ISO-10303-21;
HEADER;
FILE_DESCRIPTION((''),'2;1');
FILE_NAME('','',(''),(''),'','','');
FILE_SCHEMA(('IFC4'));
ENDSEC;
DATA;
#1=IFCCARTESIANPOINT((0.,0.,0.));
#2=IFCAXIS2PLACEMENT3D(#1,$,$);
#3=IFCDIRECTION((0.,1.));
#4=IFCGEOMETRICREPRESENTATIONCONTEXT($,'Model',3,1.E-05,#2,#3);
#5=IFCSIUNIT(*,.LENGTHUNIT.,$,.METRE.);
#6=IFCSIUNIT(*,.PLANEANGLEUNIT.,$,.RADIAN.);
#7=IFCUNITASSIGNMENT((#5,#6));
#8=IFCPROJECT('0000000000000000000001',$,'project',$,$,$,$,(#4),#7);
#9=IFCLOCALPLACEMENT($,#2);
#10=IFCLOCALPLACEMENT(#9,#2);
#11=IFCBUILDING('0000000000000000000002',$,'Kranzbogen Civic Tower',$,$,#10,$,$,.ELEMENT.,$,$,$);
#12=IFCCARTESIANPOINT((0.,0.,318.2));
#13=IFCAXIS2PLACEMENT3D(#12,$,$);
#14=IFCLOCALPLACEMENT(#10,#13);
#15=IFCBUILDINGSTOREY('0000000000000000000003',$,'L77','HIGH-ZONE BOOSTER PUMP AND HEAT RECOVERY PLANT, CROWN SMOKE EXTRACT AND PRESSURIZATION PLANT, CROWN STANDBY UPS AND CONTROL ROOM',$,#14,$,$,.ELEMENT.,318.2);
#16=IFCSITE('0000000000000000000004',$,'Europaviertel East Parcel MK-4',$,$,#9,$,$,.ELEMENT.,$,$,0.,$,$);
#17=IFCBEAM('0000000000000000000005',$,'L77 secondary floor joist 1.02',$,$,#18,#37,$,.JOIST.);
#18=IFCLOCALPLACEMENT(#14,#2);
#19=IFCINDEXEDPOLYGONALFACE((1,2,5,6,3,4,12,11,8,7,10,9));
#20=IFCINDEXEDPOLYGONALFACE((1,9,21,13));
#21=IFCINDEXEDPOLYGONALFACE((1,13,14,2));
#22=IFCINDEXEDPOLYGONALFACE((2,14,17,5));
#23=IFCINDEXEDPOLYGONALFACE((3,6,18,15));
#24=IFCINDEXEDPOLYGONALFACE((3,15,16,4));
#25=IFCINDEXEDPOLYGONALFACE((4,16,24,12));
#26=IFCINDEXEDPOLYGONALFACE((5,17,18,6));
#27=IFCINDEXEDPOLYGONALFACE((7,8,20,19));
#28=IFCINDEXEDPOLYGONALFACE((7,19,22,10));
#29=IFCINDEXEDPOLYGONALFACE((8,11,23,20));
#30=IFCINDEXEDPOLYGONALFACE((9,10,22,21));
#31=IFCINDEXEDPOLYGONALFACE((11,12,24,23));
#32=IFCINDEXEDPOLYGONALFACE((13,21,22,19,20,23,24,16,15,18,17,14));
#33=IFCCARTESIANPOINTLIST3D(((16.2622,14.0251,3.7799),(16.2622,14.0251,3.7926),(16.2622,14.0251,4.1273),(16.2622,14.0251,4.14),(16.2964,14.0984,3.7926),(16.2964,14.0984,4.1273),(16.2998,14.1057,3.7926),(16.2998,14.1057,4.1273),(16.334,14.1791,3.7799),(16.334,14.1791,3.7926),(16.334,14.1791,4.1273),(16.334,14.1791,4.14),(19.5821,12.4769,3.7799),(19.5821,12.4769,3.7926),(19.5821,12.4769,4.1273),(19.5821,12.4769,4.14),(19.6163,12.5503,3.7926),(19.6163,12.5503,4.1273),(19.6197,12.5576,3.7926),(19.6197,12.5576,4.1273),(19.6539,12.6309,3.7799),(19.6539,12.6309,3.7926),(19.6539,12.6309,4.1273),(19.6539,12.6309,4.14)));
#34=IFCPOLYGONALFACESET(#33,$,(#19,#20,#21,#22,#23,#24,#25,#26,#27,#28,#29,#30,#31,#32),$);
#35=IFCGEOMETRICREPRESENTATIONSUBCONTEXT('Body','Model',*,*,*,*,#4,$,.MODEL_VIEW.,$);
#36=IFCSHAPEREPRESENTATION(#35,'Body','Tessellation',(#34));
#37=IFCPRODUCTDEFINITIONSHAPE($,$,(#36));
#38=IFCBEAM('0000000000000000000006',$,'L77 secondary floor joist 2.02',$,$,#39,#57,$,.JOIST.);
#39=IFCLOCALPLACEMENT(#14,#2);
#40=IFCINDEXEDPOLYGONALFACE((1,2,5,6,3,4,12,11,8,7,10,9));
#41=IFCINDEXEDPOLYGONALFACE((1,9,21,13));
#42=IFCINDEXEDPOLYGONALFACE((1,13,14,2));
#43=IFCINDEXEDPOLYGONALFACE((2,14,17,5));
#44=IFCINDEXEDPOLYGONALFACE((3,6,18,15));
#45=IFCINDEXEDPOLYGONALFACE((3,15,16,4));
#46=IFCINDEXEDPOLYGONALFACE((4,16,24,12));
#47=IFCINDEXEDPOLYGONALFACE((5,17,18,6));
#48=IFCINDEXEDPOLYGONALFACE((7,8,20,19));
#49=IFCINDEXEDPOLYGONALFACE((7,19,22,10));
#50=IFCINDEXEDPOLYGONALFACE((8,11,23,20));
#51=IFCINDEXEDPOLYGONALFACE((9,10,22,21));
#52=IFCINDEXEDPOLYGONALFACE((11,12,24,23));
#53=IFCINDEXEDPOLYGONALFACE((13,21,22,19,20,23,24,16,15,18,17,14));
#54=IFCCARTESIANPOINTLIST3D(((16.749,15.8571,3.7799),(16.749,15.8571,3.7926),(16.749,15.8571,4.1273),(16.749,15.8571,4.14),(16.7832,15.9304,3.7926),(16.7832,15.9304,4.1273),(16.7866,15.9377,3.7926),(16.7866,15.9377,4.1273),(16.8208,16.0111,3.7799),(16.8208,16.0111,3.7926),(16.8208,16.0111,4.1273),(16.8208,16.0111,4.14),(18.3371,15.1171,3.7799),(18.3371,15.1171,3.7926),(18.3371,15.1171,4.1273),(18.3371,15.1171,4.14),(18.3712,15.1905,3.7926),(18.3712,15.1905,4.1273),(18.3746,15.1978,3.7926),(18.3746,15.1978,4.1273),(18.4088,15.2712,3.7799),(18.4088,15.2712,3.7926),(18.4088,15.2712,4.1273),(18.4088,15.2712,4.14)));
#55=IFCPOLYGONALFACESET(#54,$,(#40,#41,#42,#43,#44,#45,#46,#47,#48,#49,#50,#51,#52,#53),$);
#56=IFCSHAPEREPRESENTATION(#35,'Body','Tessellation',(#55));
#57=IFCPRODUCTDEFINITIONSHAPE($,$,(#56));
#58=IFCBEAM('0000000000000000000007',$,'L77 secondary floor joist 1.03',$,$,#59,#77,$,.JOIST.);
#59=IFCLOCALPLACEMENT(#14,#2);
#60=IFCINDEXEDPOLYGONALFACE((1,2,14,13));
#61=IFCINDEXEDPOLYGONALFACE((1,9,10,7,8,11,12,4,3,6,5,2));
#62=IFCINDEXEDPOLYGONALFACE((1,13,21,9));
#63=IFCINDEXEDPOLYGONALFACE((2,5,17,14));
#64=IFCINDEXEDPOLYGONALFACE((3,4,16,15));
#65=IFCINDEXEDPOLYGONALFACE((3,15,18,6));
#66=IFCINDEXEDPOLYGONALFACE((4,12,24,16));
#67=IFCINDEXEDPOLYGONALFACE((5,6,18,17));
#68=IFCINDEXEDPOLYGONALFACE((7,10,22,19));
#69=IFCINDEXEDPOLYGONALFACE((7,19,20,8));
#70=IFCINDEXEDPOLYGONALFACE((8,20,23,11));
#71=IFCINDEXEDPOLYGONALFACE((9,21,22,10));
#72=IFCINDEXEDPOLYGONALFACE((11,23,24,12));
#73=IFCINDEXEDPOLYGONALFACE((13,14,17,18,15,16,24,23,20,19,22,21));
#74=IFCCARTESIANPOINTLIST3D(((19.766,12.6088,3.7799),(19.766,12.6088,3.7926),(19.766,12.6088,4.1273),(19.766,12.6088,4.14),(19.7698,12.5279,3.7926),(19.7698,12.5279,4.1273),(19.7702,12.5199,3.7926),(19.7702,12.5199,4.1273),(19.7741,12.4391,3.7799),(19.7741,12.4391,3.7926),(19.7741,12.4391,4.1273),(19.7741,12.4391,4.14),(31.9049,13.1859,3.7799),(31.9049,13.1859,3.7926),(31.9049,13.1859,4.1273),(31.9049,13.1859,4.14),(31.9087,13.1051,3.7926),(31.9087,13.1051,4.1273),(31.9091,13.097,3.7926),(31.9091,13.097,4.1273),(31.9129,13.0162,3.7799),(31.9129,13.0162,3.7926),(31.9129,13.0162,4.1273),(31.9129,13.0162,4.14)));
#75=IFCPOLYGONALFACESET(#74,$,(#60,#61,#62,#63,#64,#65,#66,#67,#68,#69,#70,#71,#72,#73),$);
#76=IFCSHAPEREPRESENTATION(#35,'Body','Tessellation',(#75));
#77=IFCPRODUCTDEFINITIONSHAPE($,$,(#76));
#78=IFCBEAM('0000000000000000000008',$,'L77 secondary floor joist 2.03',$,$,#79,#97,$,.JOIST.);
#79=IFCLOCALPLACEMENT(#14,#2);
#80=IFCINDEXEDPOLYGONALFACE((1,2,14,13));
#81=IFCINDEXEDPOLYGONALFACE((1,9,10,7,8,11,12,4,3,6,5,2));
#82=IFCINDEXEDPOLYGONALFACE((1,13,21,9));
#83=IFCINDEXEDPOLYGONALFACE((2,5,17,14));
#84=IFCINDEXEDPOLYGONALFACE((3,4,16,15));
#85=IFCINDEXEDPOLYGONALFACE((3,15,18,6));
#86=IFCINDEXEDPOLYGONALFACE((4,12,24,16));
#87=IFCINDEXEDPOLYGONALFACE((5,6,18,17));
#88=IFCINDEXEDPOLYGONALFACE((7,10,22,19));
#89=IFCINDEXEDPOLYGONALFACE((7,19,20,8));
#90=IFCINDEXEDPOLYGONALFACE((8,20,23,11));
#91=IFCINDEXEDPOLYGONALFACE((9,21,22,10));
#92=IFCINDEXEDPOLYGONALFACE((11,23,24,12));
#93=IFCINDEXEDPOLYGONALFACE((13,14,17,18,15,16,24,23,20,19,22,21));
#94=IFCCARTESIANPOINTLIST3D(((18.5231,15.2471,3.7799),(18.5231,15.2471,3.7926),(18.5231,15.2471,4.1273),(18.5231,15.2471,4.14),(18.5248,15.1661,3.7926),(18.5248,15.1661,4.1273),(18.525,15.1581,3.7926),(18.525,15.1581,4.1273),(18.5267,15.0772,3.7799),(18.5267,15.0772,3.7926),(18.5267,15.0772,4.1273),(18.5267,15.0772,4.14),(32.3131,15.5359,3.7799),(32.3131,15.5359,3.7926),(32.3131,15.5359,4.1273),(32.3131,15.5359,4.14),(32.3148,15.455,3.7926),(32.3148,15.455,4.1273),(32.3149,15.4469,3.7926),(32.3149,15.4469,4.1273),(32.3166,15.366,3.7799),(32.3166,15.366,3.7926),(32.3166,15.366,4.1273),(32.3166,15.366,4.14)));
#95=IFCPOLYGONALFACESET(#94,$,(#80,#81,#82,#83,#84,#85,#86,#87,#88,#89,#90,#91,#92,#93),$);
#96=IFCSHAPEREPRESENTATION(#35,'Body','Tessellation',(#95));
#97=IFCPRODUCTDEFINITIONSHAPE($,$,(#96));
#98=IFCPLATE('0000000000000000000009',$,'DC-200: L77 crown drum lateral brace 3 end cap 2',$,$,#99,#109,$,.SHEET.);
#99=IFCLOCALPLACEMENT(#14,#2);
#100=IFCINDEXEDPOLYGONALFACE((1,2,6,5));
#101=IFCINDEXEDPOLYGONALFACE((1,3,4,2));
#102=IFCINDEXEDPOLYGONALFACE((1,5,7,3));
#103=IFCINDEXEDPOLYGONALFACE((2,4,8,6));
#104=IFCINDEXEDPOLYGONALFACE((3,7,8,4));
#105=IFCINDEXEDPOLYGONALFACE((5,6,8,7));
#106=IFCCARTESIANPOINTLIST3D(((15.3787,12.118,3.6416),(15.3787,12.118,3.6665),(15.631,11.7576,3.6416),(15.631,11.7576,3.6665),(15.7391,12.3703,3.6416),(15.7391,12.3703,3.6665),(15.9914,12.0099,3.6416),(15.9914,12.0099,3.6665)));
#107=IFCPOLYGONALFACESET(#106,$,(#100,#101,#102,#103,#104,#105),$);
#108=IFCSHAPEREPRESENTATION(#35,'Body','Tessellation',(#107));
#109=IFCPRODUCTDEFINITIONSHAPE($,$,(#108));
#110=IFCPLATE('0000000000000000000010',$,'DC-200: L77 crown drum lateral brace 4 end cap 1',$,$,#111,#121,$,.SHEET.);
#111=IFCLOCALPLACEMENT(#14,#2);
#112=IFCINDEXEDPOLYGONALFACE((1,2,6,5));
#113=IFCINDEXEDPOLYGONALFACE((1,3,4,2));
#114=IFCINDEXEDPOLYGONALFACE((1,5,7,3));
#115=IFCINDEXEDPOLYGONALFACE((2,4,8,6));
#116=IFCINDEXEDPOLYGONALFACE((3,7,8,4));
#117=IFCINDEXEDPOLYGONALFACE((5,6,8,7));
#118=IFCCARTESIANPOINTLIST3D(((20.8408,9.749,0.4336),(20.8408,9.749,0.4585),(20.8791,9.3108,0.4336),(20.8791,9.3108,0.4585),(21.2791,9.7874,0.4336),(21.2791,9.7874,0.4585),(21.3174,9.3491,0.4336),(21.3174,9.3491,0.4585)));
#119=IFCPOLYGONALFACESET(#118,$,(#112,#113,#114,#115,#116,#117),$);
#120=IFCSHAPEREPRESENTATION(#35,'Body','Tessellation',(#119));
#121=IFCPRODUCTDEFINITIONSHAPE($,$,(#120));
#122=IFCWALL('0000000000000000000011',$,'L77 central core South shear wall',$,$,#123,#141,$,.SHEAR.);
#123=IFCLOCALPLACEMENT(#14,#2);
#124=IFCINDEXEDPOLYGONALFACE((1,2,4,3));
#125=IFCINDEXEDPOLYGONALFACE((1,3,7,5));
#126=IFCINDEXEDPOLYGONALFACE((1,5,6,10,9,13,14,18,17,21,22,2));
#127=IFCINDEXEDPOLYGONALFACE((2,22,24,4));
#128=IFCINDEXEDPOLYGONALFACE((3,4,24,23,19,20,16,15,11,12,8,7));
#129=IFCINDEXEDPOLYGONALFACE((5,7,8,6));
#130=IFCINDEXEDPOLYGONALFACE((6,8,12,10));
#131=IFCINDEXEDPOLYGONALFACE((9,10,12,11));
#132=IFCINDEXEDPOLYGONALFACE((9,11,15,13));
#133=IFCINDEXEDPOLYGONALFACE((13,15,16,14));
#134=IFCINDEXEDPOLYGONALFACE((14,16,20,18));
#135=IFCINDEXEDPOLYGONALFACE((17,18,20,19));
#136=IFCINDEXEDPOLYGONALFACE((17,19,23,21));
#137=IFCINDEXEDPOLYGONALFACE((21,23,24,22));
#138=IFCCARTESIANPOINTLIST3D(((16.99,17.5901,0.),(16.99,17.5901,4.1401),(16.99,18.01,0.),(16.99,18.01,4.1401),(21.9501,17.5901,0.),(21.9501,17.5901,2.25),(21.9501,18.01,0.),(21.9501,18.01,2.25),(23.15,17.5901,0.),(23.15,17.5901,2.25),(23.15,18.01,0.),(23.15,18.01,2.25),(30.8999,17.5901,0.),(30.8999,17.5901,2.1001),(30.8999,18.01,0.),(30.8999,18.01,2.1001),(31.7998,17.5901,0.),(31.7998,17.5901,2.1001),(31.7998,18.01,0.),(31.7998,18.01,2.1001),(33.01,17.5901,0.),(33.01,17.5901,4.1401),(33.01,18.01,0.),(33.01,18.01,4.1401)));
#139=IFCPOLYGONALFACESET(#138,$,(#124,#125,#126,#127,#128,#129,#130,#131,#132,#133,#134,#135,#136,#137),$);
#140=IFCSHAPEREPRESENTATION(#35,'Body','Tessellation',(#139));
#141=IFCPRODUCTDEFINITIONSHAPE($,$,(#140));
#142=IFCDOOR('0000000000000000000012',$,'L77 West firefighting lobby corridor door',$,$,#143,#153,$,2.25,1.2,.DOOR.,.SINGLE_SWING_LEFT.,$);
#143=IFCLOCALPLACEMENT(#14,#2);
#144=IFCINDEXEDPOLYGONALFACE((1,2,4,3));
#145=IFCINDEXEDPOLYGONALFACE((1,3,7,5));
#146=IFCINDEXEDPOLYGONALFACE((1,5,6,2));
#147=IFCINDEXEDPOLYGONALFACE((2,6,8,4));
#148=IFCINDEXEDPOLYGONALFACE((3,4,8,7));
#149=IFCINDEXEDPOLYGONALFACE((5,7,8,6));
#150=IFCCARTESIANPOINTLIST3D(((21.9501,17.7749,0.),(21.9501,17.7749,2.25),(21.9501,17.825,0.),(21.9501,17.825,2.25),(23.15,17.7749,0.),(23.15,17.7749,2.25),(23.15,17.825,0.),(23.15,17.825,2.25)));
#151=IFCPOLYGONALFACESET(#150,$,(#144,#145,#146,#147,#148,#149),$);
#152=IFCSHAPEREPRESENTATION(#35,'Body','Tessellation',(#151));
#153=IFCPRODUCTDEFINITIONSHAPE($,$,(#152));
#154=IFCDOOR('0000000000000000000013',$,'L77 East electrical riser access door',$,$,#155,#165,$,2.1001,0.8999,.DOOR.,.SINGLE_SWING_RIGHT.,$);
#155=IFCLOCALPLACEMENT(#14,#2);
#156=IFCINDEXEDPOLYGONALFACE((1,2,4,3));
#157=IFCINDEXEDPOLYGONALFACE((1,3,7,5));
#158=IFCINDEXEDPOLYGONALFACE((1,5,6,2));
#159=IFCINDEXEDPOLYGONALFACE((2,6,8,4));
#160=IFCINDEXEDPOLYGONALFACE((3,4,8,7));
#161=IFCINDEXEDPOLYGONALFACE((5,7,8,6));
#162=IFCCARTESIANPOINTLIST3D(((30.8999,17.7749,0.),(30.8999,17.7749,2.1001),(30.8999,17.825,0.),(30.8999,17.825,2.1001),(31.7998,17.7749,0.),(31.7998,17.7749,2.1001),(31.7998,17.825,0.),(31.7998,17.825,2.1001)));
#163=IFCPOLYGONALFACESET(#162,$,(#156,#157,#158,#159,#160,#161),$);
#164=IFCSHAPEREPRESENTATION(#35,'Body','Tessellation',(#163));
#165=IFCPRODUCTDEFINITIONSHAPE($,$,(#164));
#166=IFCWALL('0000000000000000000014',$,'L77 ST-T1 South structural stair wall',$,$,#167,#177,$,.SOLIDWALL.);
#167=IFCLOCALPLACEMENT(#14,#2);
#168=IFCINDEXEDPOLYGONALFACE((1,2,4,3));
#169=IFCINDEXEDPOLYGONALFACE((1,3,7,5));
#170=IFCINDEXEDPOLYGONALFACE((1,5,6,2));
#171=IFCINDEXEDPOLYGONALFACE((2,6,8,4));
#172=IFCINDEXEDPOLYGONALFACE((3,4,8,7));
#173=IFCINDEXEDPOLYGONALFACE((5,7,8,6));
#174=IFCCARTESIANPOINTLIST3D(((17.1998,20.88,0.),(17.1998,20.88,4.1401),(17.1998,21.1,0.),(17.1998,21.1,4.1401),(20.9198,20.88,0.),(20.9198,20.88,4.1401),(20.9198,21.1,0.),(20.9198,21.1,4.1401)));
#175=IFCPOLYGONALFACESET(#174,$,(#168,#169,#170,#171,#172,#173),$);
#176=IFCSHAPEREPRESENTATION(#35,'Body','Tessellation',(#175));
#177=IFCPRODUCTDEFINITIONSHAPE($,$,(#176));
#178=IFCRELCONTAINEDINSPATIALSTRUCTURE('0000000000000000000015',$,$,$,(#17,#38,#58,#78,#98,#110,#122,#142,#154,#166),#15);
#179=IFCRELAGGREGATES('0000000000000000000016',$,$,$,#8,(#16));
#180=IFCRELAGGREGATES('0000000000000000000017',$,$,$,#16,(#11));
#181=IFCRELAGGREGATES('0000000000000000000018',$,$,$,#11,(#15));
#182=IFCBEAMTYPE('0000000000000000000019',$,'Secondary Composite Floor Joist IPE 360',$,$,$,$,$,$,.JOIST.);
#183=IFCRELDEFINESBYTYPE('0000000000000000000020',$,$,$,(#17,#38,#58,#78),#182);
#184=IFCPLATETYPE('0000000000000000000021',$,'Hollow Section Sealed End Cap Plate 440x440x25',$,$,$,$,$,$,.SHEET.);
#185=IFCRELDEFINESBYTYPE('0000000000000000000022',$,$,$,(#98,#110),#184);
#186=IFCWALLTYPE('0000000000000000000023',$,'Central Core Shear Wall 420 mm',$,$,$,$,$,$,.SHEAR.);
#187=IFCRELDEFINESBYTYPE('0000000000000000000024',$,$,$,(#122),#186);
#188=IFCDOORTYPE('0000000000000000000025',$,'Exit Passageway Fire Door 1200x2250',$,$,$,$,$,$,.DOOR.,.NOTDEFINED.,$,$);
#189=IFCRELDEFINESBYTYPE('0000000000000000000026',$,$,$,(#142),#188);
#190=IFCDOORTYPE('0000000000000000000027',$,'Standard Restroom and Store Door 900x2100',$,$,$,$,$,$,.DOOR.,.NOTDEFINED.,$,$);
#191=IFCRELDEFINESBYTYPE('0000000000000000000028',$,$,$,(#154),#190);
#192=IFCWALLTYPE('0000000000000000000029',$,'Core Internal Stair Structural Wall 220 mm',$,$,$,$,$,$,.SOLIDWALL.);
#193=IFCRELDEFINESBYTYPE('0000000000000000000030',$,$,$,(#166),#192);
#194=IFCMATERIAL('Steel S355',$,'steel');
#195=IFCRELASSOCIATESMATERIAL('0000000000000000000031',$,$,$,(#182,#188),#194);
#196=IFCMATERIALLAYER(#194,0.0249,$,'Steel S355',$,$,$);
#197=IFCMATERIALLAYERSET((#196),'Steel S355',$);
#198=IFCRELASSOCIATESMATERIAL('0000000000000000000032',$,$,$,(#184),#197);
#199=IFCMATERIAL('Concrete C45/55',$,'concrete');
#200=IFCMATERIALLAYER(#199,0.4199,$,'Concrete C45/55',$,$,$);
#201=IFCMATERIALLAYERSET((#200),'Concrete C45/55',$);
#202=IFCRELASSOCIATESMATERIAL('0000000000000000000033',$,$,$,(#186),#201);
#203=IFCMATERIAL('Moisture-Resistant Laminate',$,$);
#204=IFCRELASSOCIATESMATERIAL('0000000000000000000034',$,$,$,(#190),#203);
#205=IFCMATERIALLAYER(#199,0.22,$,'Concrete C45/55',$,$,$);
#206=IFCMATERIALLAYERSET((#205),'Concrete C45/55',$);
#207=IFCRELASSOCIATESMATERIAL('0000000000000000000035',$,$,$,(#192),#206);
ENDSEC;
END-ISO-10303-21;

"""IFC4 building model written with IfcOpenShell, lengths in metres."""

from ifc_helpers import new_model, si_unit, direction, frame, frame_2d, origin, origin_2d, place, context, subcontext, project, spatial, rectangle, i_section, extrude, material, layer, layer_set, material_profile, profile_set, type_object, element, fill, save


model = new_model("IFC4")

# Units and contexts
model_context = context("Model", 3, precision=1e-05, world=origin(), true_north=direction((0.0, 1.0)))
body_context = subcontext(model_context, "Body", "Model", "MODEL_VIEW")
ifc_project = project(units=[si_unit("LENGTHUNIT", "METRE"), si_unit("PLANEANGLEUNIT", "RADIAN")], contexts=[model_context])

# Site, building, storey
site_placement = place(None, origin())
site = spatial("IfcSite", under=ifc_project, at=site_placement, Name="Europaviertel East Parcel MK-4", CompositionType="ELEMENT", RefElevation=0.0)
building_placement = place(site_placement, origin())
building = spatial("IfcBuilding", under=site, at=building_placement, Name="Kranzbogen Civic Tower", CompositionType="ELEMENT")
storey_placement = place(building_placement, frame((0.0, 0.0, 318.2)))
storey = spatial("IfcBuildingStorey", under=building, at=storey_placement, Name="L77", Description="HIGH-ZONE BOOSTER PUMP AND HEAT RECOVERY PLANT, CROWN SMOKE EXTRACT AND PRESSURIZATION PLANT, CROWN STANDBY UPS AND CONTROL ROOM", CompositionType="ELEMENT", Elevation=318.2)

# Shared definitions
ifc_material_1 = material(Name="Steel S355", Category="steel")

# Beams
ifc_material_profile_1 = material_profile(ifc_material_1, i_section(OverallWidth=0.1699, OverallDepth=0.3601, WebThickness=0.0081, FlangeThickness=0.0127, at=origin_2d()), Name="IPE 360")
ifc_profile_set_1 = profile_set([ifc_material_profile_1], Name="Steel S355")
beam_type_1 = type_object("IfcBeamType", Name="Secondary Composite Floor Joist IPE 360", PredefinedType="JOIST", material=ifc_profile_set_1)
beam_1_placement = place(storey_placement, frame((16.2981, 14.1021, 3.96), z_axis=(0.906304, -0.422626, 0.0), x_axis=(0.422626, 0.906304, 0.0)))
element("IfcBeam", 1, at=beam_1_placement, inside=storey, type_object=beam_type_1, Name="L77 secondary floor joist 1.02", PredefinedType="JOIST", context=body_context, shape_type="SweptSolid", body=[
    extrude(i_section(OverallWidth=0.1699, OverallDepth=0.3601, WebThickness=0.0081, FlangeThickness=0.0127, at=origin_2d()), origin(), (0.0, 0.0, 1.0), 3.6631),
])
beam_2_placement = place(storey_placement, frame((16.7849, 15.9341, 3.96), z_axis=(0.906432, -0.422351, 0.0), x_axis=(0.422351, 0.906432, 0.0)))
element("IfcBeam", 2, at=beam_2_placement, inside=storey, type_object=beam_type_1, Name="L77 secondary floor joist 2.02", PredefinedType="JOIST", context=body_context, shape_type="SweptSolid", body=[
    extrude(i_section(OverallWidth=0.1699, OverallDepth=0.3601, WebThickness=0.0081, FlangeThickness=0.0127, at=origin_2d()), origin(), (0.0, 0.0, 1.0), 1.752),
])
beam_3_placement = place(storey_placement, frame((19.77, 12.5239, 3.96), z_axis=(0.998872, 0.047492, 0.0), x_axis=(-0.047492, 0.998872, 0.0)))
element("IfcBeam", 3, at=beam_3_placement, inside=storey, type_object=beam_type_1, Name="L77 secondary floor joist 1.03", PredefinedType="JOIST", context=body_context, shape_type="SweptSolid", body=[
    extrude(i_section(OverallWidth=0.1699, OverallDepth=0.3601, WebThickness=0.0081, FlangeThickness=0.0127, at=origin_2d()), origin(), (0.0, 0.0, 1.0), 12.1526),
])
beam_4_placement = place(storey_placement, frame((18.5249, 15.1621, 3.96), z_axis=(0.999781, 0.020939, 0.0), x_axis=(-0.020939, 0.999781, 0.0)))
element("IfcBeam", 4, at=beam_4_placement, inside=storey, type_object=beam_type_1, Name="L77 secondary floor joist 2.03", PredefinedType="JOIST", context=body_context, shape_type="SweptSolid", body=[
    extrude(i_section(OverallWidth=0.1699, OverallDepth=0.3601, WebThickness=0.0081, FlangeThickness=0.0127, at=origin_2d()), origin(), (0.0, 0.0, 1.0), 13.793),
])

# Plates
ifc_layer_1 = layer(ifc_material_1, 0.0249, Name="Steel S355")
ifc_layer_set_1 = layer_set([ifc_layer_1], Name="Steel S355")
plate_type = type_object("IfcPlateType", Name="Hollow Section Sealed End Cap Plate 440x440x25", PredefinedType="SHEET", material=ifc_layer_set_1)
for number, where, z_axis, x_axis, name in (
    (5, (15.6851, 12.064, 3.6416), (0.0, 0.0, 1.0), (0.573534, -0.819182, 0.0), "DC-200: L77 crown drum lateral brace 3 end cap 2"),
    (6, (21.0791, 9.5491, 0.4336), (0.0, 0.0, 1.0), (0.996192, 0.087191, 0.0), "DC-200: L77 crown drum lateral brace 4 end cap 1"),
):
    element("IfcPlate", number, at=place(storey_placement, frame(where, z_axis=z_axis, x_axis=x_axis)), inside=storey, type_object=plate_type, Name=name, PredefinedType="SHEET", context=body_context, shape_type="SweptSolid", body=[
        extrude(rectangle(XDim=0.4399, YDim=0.4399, at=origin_2d()), origin(), (0.0, 0.0, 1.0), 0.0249),
    ])

# Wall, openings, doors
ifc_material_2 = material(Name="Concrete C45/55", Category="concrete")
ifc_layer_2 = layer(ifc_material_2, 0.4199, Name="Concrete C45/55")
ifc_layer_set_2 = layer_set([ifc_layer_2], Name="Concrete C45/55")
wall_type_1 = type_object("IfcWallType", Name="Central Core Shear Wall 420 mm", PredefinedType="SHEAR", material=ifc_layer_set_2)
wall_1_placement = place(storey_placement, frame((16.99, 17.8, 0.0), z_axis=(0.0, 0.0, 1.0), x_axis=(1.0, 0.0, 0.0)))
wall_1 = element("IfcWall", 7, at=wall_1_placement, inside=storey, type_object=wall_type_1, Name="L77 central core South shear wall", PredefinedType="SHEAR", context=body_context, shape_type="SweptSolid", body=[
    extrude(rectangle(XDim=16.02, YDim=0.4199, at=frame_2d((8.01, 0.0))), origin(), (0.0, 0.0, 1.0), 4.1401),
])
opening_1_placement = place(wall_1_placement, frame((4.96, 0.0, 0.0)))
opening_1 = element("IfcOpeningElement", 8, at=opening_1_placement, cuts=wall_1, PredefinedType="OPENING", context=body_context, shape_type="SweptSolid", body=[
    extrude(rectangle(XDim=1.2, YDim=2.25, at=frame_2d((0.6001, 1.125))), frame((0.0, 0.22, 0.0), z_axis=(0.0, -1.0, 0.0), x_axis=(1.0, 0.0, 0.0)), (0.0, 0.0, 1.0), 0.4399),
])
opening_2_placement = place(wall_1_placement, frame((13.9099, 0.0, 0.0)))
opening_2 = element("IfcOpeningElement", 9, at=opening_2_placement, cuts=wall_1, PredefinedType="OPENING", context=body_context, shape_type="SweptSolid", body=[
    extrude(rectangle(XDim=0.8999, YDim=2.1001, at=frame_2d((0.45, 1.05))), frame((0.0, 0.22, 0.0), z_axis=(0.0, -1.0, 0.0), x_axis=(1.0, 0.0, 0.0)), (0.0, 0.0, 1.0), 0.4399),
])
door_type_1 = type_object("IfcDoorType", Name="Exit Passageway Fire Door 1200x2250", OperationType="NOTDEFINED", PredefinedType="DOOR", material=ifc_material_1)
door_1_placement = place(opening_1_placement, origin())
door_1 = element("IfcDoor", 10, at=door_1_placement, inside=storey, type_object=door_type_1, Name="L77 West firefighting lobby corridor door", OperationType="SINGLE_SWING_LEFT", OverallHeight=2.25, OverallWidth=1.2, PredefinedType="DOOR", context=body_context, shape_type="SweptSolid", body=[
    extrude(rectangle(XDim=1.2, YDim=2.25, at=frame_2d((0.6001, 1.125))), frame((0.0, 0.0249, 0.0), z_axis=(0.0, -1.0, 0.0), x_axis=(1.0, 0.0, 0.0)), (0.0, 0.0, 1.0), 0.05),
])
fill(opening_1, door_1)
ifc_material_3 = material(Name="Moisture-Resistant Laminate")
door_type_2 = type_object("IfcDoorType", Name="Standard Restroom and Store Door 900x2100", OperationType="NOTDEFINED", PredefinedType="DOOR", material=ifc_material_3)
door_2_placement = place(opening_2_placement, origin())
door_2 = element("IfcDoor", 11, at=door_2_placement, inside=storey, type_object=door_type_2, Name="L77 East electrical riser access door", OperationType="SINGLE_SWING_RIGHT", OverallHeight=2.1001, OverallWidth=0.8999, PredefinedType="DOOR", context=body_context, shape_type="SweptSolid", body=[
    extrude(rectangle(XDim=0.8999, YDim=2.1001, at=frame_2d((0.45, 1.05))), frame((0.0, 0.0249, 0.0), z_axis=(0.0, -1.0, 0.0), x_axis=(1.0, 0.0, 0.0)), (0.0, 0.0, 1.0), 0.05),
])
fill(opening_2, door_2)

# Wall
ifc_layer_3 = layer(ifc_material_2, 0.22, Name="Concrete C45/55")
ifc_layer_set_3 = layer_set([ifc_layer_3], Name="Concrete C45/55")
wall_type_2 = type_object("IfcWallType", Name="Core Internal Stair Structural Wall 220 mm", PredefinedType="SOLIDWALL", material=ifc_layer_set_3)
wall_2_placement = place(storey_placement, frame((17.2, 20.99, 0.0), z_axis=(0.0, 0.0, 1.0), x_axis=(1.0, 0.0, 0.0)))
element("IfcWall", 12, at=wall_2_placement, inside=storey, type_object=wall_type_2, Name="L77 ST-T1 South structural stair wall", PredefinedType="SOLIDWALL", context=body_context, shape_type="SweptSolid", body=[
    extrude(rectangle(XDim=3.72, YDim=0.22, at=frame_2d((1.8599, 0.0))), origin(), (0.0, 0.0, 1.0), 4.1401),
])

save(model, "model.ifc")
